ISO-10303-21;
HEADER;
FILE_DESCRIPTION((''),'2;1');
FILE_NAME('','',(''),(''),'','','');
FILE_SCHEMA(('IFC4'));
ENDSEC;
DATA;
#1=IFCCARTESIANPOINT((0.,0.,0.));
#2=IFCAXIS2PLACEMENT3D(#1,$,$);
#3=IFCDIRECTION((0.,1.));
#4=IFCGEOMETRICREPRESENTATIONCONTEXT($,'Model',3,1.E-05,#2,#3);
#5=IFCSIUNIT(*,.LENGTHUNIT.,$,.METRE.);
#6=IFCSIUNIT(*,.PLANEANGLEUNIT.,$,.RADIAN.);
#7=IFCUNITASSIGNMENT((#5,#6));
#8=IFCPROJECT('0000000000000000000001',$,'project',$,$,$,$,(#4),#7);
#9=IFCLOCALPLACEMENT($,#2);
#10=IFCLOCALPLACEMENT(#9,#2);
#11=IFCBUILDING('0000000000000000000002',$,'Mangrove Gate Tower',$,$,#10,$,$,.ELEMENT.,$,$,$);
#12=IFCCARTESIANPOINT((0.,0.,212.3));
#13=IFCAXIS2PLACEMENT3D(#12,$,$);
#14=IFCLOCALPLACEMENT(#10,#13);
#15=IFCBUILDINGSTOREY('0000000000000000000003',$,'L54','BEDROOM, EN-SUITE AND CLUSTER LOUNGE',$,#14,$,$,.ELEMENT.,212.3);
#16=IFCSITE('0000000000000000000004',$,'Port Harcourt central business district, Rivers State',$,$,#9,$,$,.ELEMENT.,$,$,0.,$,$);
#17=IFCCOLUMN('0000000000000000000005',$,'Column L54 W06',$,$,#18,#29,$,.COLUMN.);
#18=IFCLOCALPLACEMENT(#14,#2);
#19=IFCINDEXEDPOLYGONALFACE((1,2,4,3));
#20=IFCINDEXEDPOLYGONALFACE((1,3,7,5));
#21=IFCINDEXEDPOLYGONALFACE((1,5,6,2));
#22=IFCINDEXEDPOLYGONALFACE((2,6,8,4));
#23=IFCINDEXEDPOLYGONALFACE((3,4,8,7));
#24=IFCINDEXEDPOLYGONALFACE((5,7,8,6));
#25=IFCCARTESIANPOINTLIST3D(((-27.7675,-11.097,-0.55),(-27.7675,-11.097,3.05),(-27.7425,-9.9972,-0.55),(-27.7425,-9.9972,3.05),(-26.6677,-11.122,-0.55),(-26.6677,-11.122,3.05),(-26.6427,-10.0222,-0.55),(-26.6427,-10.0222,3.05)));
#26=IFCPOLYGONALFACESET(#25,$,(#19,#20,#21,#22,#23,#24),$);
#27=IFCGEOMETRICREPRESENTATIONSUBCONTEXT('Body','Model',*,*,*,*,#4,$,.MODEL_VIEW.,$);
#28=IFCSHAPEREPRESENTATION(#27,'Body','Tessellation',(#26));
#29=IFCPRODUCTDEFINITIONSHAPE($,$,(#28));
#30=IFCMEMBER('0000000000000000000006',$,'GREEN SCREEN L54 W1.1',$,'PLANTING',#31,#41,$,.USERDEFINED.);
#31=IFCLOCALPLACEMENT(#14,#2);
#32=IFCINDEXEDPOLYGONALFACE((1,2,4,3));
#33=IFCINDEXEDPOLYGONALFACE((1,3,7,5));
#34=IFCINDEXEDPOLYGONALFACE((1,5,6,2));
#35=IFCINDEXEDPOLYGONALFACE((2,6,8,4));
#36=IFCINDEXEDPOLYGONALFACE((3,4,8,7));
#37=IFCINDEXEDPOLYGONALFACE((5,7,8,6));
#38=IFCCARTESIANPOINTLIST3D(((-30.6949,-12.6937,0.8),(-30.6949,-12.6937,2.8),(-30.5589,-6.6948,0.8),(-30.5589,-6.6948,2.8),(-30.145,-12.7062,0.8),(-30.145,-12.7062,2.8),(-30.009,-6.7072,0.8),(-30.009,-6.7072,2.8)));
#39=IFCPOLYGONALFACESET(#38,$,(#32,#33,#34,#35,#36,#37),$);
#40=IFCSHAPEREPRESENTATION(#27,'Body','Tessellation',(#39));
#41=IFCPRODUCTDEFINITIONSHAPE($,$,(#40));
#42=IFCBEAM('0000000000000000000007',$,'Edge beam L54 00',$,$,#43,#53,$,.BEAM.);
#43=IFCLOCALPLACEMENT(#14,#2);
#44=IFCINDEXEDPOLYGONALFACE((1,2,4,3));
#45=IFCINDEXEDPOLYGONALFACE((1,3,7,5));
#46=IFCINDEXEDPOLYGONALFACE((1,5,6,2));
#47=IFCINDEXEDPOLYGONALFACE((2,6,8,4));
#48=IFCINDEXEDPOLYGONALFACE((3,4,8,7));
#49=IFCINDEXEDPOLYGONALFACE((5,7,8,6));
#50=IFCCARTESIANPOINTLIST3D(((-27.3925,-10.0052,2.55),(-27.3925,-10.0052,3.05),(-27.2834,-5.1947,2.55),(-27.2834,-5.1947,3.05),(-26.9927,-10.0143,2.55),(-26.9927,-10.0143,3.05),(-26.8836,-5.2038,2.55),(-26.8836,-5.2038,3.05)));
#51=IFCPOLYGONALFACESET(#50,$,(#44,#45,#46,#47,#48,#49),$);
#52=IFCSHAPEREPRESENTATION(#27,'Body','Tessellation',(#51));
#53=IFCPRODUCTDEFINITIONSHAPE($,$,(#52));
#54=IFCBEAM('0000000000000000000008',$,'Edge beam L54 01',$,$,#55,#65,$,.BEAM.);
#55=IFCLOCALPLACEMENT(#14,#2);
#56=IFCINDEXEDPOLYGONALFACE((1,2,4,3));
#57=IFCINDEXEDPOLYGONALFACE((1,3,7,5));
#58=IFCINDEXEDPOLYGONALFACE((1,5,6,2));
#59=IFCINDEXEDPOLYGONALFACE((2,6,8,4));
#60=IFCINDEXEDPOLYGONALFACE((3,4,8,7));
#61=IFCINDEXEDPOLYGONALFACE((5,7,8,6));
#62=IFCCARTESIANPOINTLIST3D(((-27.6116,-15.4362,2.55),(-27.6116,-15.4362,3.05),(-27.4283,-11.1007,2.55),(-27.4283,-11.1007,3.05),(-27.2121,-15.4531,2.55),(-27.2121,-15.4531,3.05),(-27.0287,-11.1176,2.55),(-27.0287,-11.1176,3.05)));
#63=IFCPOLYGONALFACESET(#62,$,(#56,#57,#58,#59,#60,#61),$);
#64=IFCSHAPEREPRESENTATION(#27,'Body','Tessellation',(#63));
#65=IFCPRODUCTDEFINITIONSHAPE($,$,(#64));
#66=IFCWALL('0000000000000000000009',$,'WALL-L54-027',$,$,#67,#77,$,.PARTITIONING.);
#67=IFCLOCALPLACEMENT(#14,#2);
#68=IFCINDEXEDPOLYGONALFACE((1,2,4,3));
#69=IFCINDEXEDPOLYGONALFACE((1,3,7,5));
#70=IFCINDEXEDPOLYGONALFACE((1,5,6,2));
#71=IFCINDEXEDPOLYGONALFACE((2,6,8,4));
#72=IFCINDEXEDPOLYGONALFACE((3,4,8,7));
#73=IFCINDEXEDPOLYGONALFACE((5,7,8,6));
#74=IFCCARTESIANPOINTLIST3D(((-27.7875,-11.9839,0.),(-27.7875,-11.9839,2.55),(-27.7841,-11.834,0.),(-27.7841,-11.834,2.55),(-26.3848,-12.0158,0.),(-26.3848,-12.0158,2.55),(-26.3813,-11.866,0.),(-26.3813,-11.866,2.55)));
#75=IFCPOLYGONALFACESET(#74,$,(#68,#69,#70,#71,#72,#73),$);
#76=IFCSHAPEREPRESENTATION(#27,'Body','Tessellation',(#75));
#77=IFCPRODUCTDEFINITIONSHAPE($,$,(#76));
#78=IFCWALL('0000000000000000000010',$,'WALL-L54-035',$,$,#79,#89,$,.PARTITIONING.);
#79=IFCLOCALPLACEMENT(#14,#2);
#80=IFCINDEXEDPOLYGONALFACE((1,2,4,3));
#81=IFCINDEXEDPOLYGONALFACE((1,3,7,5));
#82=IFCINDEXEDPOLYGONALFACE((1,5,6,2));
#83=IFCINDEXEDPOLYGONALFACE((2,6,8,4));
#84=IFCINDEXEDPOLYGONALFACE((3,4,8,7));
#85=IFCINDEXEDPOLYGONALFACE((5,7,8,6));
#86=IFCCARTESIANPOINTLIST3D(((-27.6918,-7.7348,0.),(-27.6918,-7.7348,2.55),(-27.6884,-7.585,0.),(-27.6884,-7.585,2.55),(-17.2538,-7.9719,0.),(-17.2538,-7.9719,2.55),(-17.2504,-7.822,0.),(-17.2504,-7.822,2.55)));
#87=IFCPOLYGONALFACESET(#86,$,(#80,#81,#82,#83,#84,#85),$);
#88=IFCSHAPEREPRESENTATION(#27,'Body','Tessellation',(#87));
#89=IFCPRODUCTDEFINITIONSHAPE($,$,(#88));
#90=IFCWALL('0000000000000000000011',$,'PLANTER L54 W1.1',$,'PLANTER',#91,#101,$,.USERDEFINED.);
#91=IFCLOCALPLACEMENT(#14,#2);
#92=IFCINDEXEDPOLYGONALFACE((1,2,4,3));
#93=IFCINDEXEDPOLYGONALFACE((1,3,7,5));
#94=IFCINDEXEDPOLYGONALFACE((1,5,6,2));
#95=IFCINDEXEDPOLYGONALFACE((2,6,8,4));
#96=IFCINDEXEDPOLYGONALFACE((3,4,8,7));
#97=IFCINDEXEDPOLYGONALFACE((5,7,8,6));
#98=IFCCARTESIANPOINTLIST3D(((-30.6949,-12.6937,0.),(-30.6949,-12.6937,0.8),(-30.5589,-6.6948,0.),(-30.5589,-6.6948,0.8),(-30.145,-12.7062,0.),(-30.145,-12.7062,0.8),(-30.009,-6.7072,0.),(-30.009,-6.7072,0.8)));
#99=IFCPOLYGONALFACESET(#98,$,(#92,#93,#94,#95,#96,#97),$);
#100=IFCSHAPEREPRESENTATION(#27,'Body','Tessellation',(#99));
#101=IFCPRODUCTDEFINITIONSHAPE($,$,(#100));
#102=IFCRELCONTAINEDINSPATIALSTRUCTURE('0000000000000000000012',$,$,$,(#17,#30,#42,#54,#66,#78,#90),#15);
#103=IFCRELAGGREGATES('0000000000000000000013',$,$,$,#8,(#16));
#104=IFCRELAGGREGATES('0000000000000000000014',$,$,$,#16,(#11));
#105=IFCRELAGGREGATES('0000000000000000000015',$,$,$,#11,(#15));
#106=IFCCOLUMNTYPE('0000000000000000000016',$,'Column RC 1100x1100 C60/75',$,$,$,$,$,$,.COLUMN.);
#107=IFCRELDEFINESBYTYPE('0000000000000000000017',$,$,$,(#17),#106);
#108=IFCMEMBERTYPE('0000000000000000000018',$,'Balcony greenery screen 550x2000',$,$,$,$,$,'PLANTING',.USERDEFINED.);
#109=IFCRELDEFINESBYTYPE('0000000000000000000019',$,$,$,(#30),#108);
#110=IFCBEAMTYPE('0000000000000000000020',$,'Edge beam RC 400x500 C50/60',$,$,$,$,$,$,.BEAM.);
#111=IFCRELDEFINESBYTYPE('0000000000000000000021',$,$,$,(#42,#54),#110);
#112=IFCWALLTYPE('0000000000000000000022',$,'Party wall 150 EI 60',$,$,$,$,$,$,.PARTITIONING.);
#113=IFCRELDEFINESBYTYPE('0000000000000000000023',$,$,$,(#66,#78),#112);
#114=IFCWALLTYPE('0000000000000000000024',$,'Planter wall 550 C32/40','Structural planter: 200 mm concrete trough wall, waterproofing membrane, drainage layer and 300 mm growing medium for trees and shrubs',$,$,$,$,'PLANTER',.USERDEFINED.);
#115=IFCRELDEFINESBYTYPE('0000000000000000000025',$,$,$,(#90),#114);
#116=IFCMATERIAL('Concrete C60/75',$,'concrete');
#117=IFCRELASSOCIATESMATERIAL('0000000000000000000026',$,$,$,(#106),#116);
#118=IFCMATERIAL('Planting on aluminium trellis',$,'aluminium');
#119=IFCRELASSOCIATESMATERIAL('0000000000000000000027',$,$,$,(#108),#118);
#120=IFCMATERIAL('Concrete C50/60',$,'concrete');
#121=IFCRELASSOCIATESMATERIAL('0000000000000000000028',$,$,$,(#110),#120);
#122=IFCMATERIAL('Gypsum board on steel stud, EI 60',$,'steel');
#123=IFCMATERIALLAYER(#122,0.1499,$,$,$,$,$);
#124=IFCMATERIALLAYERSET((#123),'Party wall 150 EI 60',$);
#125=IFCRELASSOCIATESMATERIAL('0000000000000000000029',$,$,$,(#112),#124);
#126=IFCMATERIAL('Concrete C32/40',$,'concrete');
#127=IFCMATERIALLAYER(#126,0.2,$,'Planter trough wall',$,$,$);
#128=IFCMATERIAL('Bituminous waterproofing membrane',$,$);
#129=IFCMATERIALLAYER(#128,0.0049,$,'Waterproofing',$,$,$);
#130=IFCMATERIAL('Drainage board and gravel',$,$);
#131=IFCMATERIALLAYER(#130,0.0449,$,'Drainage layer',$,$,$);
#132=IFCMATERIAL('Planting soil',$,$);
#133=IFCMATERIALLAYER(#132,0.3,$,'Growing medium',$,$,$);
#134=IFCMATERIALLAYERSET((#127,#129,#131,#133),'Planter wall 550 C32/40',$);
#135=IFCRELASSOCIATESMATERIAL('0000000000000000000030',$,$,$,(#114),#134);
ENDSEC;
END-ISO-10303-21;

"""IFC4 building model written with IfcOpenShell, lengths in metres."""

from ifc_helpers import new_model, si_unit, direction, frame, frame_2d, origin, origin_2d, place, context, subcontext, project, spatial, rectangle, extrude, material, layer, layer_set, material_profile, profile_set, type_object, element, save


model = new_model("IFC4")

# Units and contexts
model_context = context("Model", 3, precision=1e-05, world=origin(), true_north=direction((0.0, 1.0)))
body_context = subcontext(model_context, "Body", "Model", "MODEL_VIEW")
ifc_project = project(units=[si_unit("LENGTHUNIT", "METRE"), si_unit("PLANEANGLEUNIT", "RADIAN")], contexts=[model_context])

# Site, building, storey
site_placement = place(None, origin())
site = spatial("IfcSite", under=ifc_project, at=site_placement, Name="Port Harcourt central business district, Rivers State", CompositionType="ELEMENT", RefElevation=0.0)
building_placement = place(site_placement, origin())
building = spatial("IfcBuilding", under=site, at=building_placement, Name="Mangrove Gate Tower", CompositionType="ELEMENT")
storey_placement = place(building_placement, frame((0.0, 0.0, 212.3)))
storey = spatial("IfcBuildingStorey", under=building, at=storey_placement, Name="L54", Description="BEDROOM, EN-SUITE AND CLUSTER LOUNGE", CompositionType="ELEMENT", Elevation=212.3)

# Column
ifc_material_1 = material(Name="Concrete C60/75", Category="concrete")
ifc_material_profile_1 = material_profile(ifc_material_1, rectangle(XDim=1.1001, YDim=1.1001, at=origin_2d()))
ifc_profile_set_1 = profile_set([ifc_material_profile_1], Name="Concrete C60/75")
column_type = type_object("IfcColumnType", Name="Column RC 1100x1100 C60/75", PredefinedType="COLUMN", material=ifc_profile_set_1)
column_placement = place(storey_placement, frame((-27.2051, -10.5596, -0.55), z_axis=(0.0, 0.0, 1.0), x_axis=(-0.02275, -0.999741, 0.0)))
element("IfcColumn", 1, at=column_placement, inside=storey, type_object=column_type, Name="Column L54 W06", PredefinedType="COLUMN", context=body_context, shape_type="SweptSolid", body=[
    extrude(rectangle(XDim=1.1001, YDim=1.1001, at=origin_2d()), origin(), (0.0, 0.0, 1.0), 3.6001),
])

# Member
ifc_material_2 = material(Name="Planting on aluminium trellis", Category="aluminium")
ifc_material_profile_2 = material_profile(ifc_material_2, rectangle(XDim=0.55, YDim=2.0, at=origin_2d()))
ifc_profile_set_2 = profile_set([ifc_material_profile_2], Name="Planting on aluminium trellis")
member_type = type_object("IfcMemberType", Name="Balcony greenery screen 550x2000", ElementType="PLANTING", PredefinedType="USERDEFINED", material=ifc_profile_set_2)
member_placement = place(storey_placement, frame((-30.4199, -12.7, 1.8), z_axis=(0.022662, 0.999743, 0.0), x_axis=(-0.999743, 0.022662, 0.0)))
element("IfcMember", 2, at=member_placement, inside=storey, type_object=member_type, Name="GREEN SCREEN L54 W1.1", ObjectType="PLANTING", PredefinedType="USERDEFINED", context=body_context, shape_type="SweptSolid", body=[
    extrude(rectangle(XDim=0.55, YDim=2.0, at=origin_2d()), origin(), (0.0, 0.0, 1.0), 6.0005),
])

# Beams
ifc_material_3 = material(Name="Concrete C50/60", Category="concrete")
ifc_material_profile_3 = material_profile(ifc_material_3, rectangle(XDim=0.3999, YDim=0.5, at=origin_2d()))
ifc_profile_set_3 = profile_set([ifc_material_profile_3], Name="Concrete C50/60")
beam_type = type_object("IfcBeamType", Name="Edge beam RC 400x500 C50/60", PredefinedType="BEAM", material=ifc_profile_set_3)
beam_1_placement = place(storey_placement, frame((-27.0835, -5.1992, 2.8), z_axis=(-0.02268, -0.999743, 0.0), x_axis=(0.999743, -0.02268, 0.0)))
element("IfcBeam", 3, at=beam_1_placement, inside=storey, type_object=beam_type, Name="Edge beam L54 00", PredefinedType="BEAM", context=body_context, shape_type="SweptSolid", body=[
    extrude(rectangle(XDim=0.3999, YDim=0.5, at=origin_2d()), origin(), (0.0, 0.0, 1.0), 4.8118),
])
beam_2_placement = place(storey_placement, frame((-27.2285, -11.1091, 2.8), z_axis=(-0.042253, -0.999107, 0.0), x_axis=(0.999107, -0.042253, 0.0)))
element("IfcBeam", 4, at=beam_2_placement, inside=storey, type_object=beam_type, Name="Edge beam L54 01", PredefinedType="BEAM", context=body_context, shape_type="SweptSolid", body=[
    extrude(rectangle(XDim=0.3999, YDim=0.5, at=origin_2d()), origin(), (0.0, 0.0, 1.0), 4.3394),
])

# Walls
ifc_material_4 = material(Name="Gypsum board on steel stud, EI 60", Category="steel")
ifc_layer_1 = layer(ifc_material_4, 0.1499)
ifc_layer_set_1 = layer_set([ifc_layer_1], Name="Party wall 150 EI 60")
wall_type_1 = type_object("IfcWallType", Name="Party wall 150 EI 60", PredefinedType="PARTITIONING", material=ifc_layer_set_1)
wall_1_placement = place(storey_placement, frame((-27.7859, -11.9089, 0.0), z_axis=(0.0, 0.0, 1.0), x_axis=(0.99974, -0.022793, 0.0)))
element("IfcWall", 5, at=wall_1_placement, inside=storey, type_object=wall_type_1, Name="WALL-L54-027", PredefinedType="PARTITIONING", context=body_context, shape_type="SweptSolid", body=[
    extrude(rectangle(XDim=1.4031, YDim=0.1499, at=frame_2d((0.7017, 0.0))), origin(), (0.0, 0.0, 1.0), 2.55),
])
wall_2_placement = place(storey_placement, frame((-27.6899, -7.6599, 0.0), z_axis=(0.0, 0.0, 1.0), x_axis=(0.999742, -0.022705, 0.0)))
element("IfcWall", 6, at=wall_2_placement, inside=storey, type_object=wall_type_1, Name="WALL-L54-035", PredefinedType="PARTITIONING", context=body_context, shape_type="SweptSolid", body=[
    extrude(rectangle(XDim=10.4407, YDim=0.1499, at=frame_2d((5.2202, 0.0))), origin(), (0.0, 0.0, 1.0), 2.55),
])
ifc_material_5 = material(Name="Concrete C32/40", Category="concrete")
ifc_layer_2 = layer(ifc_material_5, 0.2, Name="Planter trough wall")
ifc_material_6 = material(Name="Bituminous waterproofing membrane")
ifc_layer_3 = layer(ifc_material_6, 0.0049, Name="Waterproofing")
ifc_material_7 = material(Name="Drainage board and gravel")
ifc_layer_4 = layer(ifc_material_7, 0.0449, Name="Drainage layer")
ifc_material_8 = material(Name="Planting soil")
ifc_layer_5 = layer(ifc_material_8, 0.3, Name="Growing medium")
ifc_layer_set_2 = layer_set([ifc_layer_2, ifc_layer_3, ifc_layer_4, ifc_layer_5], Name="Planter wall 550 C32/40")
wall_type_2 = type_object("IfcWallType", Name="Planter wall 550 C32/40", Description="Structural planter: 200 mm concrete trough wall, waterproofing membrane, drainage layer and 300 mm growing medium for trees and shrubs", ElementType="PLANTER", PredefinedType="USERDEFINED", material=ifc_layer_set_2)
wall_3_placement = place(storey_placement, frame((-30.4199, -12.7, 0.0), z_axis=(0.0, 0.0, 1.0), x_axis=(0.022662, 0.999743, 0.0)))
element("IfcWall", 7, at=wall_3_placement, inside=storey, type_object=wall_type_2, Name="PLANTER L54 W1.1", ObjectType="PLANTER", PredefinedType="USERDEFINED", context=body_context, shape_type="SweptSolid", body=[
    extrude(rectangle(XDim=6.0005, YDim=0.55, at=frame_2d((3.0002, 0.0))), origin(), (0.0, 0.0, 1.0), 0.8),
])

save(model, "model.ifc")
